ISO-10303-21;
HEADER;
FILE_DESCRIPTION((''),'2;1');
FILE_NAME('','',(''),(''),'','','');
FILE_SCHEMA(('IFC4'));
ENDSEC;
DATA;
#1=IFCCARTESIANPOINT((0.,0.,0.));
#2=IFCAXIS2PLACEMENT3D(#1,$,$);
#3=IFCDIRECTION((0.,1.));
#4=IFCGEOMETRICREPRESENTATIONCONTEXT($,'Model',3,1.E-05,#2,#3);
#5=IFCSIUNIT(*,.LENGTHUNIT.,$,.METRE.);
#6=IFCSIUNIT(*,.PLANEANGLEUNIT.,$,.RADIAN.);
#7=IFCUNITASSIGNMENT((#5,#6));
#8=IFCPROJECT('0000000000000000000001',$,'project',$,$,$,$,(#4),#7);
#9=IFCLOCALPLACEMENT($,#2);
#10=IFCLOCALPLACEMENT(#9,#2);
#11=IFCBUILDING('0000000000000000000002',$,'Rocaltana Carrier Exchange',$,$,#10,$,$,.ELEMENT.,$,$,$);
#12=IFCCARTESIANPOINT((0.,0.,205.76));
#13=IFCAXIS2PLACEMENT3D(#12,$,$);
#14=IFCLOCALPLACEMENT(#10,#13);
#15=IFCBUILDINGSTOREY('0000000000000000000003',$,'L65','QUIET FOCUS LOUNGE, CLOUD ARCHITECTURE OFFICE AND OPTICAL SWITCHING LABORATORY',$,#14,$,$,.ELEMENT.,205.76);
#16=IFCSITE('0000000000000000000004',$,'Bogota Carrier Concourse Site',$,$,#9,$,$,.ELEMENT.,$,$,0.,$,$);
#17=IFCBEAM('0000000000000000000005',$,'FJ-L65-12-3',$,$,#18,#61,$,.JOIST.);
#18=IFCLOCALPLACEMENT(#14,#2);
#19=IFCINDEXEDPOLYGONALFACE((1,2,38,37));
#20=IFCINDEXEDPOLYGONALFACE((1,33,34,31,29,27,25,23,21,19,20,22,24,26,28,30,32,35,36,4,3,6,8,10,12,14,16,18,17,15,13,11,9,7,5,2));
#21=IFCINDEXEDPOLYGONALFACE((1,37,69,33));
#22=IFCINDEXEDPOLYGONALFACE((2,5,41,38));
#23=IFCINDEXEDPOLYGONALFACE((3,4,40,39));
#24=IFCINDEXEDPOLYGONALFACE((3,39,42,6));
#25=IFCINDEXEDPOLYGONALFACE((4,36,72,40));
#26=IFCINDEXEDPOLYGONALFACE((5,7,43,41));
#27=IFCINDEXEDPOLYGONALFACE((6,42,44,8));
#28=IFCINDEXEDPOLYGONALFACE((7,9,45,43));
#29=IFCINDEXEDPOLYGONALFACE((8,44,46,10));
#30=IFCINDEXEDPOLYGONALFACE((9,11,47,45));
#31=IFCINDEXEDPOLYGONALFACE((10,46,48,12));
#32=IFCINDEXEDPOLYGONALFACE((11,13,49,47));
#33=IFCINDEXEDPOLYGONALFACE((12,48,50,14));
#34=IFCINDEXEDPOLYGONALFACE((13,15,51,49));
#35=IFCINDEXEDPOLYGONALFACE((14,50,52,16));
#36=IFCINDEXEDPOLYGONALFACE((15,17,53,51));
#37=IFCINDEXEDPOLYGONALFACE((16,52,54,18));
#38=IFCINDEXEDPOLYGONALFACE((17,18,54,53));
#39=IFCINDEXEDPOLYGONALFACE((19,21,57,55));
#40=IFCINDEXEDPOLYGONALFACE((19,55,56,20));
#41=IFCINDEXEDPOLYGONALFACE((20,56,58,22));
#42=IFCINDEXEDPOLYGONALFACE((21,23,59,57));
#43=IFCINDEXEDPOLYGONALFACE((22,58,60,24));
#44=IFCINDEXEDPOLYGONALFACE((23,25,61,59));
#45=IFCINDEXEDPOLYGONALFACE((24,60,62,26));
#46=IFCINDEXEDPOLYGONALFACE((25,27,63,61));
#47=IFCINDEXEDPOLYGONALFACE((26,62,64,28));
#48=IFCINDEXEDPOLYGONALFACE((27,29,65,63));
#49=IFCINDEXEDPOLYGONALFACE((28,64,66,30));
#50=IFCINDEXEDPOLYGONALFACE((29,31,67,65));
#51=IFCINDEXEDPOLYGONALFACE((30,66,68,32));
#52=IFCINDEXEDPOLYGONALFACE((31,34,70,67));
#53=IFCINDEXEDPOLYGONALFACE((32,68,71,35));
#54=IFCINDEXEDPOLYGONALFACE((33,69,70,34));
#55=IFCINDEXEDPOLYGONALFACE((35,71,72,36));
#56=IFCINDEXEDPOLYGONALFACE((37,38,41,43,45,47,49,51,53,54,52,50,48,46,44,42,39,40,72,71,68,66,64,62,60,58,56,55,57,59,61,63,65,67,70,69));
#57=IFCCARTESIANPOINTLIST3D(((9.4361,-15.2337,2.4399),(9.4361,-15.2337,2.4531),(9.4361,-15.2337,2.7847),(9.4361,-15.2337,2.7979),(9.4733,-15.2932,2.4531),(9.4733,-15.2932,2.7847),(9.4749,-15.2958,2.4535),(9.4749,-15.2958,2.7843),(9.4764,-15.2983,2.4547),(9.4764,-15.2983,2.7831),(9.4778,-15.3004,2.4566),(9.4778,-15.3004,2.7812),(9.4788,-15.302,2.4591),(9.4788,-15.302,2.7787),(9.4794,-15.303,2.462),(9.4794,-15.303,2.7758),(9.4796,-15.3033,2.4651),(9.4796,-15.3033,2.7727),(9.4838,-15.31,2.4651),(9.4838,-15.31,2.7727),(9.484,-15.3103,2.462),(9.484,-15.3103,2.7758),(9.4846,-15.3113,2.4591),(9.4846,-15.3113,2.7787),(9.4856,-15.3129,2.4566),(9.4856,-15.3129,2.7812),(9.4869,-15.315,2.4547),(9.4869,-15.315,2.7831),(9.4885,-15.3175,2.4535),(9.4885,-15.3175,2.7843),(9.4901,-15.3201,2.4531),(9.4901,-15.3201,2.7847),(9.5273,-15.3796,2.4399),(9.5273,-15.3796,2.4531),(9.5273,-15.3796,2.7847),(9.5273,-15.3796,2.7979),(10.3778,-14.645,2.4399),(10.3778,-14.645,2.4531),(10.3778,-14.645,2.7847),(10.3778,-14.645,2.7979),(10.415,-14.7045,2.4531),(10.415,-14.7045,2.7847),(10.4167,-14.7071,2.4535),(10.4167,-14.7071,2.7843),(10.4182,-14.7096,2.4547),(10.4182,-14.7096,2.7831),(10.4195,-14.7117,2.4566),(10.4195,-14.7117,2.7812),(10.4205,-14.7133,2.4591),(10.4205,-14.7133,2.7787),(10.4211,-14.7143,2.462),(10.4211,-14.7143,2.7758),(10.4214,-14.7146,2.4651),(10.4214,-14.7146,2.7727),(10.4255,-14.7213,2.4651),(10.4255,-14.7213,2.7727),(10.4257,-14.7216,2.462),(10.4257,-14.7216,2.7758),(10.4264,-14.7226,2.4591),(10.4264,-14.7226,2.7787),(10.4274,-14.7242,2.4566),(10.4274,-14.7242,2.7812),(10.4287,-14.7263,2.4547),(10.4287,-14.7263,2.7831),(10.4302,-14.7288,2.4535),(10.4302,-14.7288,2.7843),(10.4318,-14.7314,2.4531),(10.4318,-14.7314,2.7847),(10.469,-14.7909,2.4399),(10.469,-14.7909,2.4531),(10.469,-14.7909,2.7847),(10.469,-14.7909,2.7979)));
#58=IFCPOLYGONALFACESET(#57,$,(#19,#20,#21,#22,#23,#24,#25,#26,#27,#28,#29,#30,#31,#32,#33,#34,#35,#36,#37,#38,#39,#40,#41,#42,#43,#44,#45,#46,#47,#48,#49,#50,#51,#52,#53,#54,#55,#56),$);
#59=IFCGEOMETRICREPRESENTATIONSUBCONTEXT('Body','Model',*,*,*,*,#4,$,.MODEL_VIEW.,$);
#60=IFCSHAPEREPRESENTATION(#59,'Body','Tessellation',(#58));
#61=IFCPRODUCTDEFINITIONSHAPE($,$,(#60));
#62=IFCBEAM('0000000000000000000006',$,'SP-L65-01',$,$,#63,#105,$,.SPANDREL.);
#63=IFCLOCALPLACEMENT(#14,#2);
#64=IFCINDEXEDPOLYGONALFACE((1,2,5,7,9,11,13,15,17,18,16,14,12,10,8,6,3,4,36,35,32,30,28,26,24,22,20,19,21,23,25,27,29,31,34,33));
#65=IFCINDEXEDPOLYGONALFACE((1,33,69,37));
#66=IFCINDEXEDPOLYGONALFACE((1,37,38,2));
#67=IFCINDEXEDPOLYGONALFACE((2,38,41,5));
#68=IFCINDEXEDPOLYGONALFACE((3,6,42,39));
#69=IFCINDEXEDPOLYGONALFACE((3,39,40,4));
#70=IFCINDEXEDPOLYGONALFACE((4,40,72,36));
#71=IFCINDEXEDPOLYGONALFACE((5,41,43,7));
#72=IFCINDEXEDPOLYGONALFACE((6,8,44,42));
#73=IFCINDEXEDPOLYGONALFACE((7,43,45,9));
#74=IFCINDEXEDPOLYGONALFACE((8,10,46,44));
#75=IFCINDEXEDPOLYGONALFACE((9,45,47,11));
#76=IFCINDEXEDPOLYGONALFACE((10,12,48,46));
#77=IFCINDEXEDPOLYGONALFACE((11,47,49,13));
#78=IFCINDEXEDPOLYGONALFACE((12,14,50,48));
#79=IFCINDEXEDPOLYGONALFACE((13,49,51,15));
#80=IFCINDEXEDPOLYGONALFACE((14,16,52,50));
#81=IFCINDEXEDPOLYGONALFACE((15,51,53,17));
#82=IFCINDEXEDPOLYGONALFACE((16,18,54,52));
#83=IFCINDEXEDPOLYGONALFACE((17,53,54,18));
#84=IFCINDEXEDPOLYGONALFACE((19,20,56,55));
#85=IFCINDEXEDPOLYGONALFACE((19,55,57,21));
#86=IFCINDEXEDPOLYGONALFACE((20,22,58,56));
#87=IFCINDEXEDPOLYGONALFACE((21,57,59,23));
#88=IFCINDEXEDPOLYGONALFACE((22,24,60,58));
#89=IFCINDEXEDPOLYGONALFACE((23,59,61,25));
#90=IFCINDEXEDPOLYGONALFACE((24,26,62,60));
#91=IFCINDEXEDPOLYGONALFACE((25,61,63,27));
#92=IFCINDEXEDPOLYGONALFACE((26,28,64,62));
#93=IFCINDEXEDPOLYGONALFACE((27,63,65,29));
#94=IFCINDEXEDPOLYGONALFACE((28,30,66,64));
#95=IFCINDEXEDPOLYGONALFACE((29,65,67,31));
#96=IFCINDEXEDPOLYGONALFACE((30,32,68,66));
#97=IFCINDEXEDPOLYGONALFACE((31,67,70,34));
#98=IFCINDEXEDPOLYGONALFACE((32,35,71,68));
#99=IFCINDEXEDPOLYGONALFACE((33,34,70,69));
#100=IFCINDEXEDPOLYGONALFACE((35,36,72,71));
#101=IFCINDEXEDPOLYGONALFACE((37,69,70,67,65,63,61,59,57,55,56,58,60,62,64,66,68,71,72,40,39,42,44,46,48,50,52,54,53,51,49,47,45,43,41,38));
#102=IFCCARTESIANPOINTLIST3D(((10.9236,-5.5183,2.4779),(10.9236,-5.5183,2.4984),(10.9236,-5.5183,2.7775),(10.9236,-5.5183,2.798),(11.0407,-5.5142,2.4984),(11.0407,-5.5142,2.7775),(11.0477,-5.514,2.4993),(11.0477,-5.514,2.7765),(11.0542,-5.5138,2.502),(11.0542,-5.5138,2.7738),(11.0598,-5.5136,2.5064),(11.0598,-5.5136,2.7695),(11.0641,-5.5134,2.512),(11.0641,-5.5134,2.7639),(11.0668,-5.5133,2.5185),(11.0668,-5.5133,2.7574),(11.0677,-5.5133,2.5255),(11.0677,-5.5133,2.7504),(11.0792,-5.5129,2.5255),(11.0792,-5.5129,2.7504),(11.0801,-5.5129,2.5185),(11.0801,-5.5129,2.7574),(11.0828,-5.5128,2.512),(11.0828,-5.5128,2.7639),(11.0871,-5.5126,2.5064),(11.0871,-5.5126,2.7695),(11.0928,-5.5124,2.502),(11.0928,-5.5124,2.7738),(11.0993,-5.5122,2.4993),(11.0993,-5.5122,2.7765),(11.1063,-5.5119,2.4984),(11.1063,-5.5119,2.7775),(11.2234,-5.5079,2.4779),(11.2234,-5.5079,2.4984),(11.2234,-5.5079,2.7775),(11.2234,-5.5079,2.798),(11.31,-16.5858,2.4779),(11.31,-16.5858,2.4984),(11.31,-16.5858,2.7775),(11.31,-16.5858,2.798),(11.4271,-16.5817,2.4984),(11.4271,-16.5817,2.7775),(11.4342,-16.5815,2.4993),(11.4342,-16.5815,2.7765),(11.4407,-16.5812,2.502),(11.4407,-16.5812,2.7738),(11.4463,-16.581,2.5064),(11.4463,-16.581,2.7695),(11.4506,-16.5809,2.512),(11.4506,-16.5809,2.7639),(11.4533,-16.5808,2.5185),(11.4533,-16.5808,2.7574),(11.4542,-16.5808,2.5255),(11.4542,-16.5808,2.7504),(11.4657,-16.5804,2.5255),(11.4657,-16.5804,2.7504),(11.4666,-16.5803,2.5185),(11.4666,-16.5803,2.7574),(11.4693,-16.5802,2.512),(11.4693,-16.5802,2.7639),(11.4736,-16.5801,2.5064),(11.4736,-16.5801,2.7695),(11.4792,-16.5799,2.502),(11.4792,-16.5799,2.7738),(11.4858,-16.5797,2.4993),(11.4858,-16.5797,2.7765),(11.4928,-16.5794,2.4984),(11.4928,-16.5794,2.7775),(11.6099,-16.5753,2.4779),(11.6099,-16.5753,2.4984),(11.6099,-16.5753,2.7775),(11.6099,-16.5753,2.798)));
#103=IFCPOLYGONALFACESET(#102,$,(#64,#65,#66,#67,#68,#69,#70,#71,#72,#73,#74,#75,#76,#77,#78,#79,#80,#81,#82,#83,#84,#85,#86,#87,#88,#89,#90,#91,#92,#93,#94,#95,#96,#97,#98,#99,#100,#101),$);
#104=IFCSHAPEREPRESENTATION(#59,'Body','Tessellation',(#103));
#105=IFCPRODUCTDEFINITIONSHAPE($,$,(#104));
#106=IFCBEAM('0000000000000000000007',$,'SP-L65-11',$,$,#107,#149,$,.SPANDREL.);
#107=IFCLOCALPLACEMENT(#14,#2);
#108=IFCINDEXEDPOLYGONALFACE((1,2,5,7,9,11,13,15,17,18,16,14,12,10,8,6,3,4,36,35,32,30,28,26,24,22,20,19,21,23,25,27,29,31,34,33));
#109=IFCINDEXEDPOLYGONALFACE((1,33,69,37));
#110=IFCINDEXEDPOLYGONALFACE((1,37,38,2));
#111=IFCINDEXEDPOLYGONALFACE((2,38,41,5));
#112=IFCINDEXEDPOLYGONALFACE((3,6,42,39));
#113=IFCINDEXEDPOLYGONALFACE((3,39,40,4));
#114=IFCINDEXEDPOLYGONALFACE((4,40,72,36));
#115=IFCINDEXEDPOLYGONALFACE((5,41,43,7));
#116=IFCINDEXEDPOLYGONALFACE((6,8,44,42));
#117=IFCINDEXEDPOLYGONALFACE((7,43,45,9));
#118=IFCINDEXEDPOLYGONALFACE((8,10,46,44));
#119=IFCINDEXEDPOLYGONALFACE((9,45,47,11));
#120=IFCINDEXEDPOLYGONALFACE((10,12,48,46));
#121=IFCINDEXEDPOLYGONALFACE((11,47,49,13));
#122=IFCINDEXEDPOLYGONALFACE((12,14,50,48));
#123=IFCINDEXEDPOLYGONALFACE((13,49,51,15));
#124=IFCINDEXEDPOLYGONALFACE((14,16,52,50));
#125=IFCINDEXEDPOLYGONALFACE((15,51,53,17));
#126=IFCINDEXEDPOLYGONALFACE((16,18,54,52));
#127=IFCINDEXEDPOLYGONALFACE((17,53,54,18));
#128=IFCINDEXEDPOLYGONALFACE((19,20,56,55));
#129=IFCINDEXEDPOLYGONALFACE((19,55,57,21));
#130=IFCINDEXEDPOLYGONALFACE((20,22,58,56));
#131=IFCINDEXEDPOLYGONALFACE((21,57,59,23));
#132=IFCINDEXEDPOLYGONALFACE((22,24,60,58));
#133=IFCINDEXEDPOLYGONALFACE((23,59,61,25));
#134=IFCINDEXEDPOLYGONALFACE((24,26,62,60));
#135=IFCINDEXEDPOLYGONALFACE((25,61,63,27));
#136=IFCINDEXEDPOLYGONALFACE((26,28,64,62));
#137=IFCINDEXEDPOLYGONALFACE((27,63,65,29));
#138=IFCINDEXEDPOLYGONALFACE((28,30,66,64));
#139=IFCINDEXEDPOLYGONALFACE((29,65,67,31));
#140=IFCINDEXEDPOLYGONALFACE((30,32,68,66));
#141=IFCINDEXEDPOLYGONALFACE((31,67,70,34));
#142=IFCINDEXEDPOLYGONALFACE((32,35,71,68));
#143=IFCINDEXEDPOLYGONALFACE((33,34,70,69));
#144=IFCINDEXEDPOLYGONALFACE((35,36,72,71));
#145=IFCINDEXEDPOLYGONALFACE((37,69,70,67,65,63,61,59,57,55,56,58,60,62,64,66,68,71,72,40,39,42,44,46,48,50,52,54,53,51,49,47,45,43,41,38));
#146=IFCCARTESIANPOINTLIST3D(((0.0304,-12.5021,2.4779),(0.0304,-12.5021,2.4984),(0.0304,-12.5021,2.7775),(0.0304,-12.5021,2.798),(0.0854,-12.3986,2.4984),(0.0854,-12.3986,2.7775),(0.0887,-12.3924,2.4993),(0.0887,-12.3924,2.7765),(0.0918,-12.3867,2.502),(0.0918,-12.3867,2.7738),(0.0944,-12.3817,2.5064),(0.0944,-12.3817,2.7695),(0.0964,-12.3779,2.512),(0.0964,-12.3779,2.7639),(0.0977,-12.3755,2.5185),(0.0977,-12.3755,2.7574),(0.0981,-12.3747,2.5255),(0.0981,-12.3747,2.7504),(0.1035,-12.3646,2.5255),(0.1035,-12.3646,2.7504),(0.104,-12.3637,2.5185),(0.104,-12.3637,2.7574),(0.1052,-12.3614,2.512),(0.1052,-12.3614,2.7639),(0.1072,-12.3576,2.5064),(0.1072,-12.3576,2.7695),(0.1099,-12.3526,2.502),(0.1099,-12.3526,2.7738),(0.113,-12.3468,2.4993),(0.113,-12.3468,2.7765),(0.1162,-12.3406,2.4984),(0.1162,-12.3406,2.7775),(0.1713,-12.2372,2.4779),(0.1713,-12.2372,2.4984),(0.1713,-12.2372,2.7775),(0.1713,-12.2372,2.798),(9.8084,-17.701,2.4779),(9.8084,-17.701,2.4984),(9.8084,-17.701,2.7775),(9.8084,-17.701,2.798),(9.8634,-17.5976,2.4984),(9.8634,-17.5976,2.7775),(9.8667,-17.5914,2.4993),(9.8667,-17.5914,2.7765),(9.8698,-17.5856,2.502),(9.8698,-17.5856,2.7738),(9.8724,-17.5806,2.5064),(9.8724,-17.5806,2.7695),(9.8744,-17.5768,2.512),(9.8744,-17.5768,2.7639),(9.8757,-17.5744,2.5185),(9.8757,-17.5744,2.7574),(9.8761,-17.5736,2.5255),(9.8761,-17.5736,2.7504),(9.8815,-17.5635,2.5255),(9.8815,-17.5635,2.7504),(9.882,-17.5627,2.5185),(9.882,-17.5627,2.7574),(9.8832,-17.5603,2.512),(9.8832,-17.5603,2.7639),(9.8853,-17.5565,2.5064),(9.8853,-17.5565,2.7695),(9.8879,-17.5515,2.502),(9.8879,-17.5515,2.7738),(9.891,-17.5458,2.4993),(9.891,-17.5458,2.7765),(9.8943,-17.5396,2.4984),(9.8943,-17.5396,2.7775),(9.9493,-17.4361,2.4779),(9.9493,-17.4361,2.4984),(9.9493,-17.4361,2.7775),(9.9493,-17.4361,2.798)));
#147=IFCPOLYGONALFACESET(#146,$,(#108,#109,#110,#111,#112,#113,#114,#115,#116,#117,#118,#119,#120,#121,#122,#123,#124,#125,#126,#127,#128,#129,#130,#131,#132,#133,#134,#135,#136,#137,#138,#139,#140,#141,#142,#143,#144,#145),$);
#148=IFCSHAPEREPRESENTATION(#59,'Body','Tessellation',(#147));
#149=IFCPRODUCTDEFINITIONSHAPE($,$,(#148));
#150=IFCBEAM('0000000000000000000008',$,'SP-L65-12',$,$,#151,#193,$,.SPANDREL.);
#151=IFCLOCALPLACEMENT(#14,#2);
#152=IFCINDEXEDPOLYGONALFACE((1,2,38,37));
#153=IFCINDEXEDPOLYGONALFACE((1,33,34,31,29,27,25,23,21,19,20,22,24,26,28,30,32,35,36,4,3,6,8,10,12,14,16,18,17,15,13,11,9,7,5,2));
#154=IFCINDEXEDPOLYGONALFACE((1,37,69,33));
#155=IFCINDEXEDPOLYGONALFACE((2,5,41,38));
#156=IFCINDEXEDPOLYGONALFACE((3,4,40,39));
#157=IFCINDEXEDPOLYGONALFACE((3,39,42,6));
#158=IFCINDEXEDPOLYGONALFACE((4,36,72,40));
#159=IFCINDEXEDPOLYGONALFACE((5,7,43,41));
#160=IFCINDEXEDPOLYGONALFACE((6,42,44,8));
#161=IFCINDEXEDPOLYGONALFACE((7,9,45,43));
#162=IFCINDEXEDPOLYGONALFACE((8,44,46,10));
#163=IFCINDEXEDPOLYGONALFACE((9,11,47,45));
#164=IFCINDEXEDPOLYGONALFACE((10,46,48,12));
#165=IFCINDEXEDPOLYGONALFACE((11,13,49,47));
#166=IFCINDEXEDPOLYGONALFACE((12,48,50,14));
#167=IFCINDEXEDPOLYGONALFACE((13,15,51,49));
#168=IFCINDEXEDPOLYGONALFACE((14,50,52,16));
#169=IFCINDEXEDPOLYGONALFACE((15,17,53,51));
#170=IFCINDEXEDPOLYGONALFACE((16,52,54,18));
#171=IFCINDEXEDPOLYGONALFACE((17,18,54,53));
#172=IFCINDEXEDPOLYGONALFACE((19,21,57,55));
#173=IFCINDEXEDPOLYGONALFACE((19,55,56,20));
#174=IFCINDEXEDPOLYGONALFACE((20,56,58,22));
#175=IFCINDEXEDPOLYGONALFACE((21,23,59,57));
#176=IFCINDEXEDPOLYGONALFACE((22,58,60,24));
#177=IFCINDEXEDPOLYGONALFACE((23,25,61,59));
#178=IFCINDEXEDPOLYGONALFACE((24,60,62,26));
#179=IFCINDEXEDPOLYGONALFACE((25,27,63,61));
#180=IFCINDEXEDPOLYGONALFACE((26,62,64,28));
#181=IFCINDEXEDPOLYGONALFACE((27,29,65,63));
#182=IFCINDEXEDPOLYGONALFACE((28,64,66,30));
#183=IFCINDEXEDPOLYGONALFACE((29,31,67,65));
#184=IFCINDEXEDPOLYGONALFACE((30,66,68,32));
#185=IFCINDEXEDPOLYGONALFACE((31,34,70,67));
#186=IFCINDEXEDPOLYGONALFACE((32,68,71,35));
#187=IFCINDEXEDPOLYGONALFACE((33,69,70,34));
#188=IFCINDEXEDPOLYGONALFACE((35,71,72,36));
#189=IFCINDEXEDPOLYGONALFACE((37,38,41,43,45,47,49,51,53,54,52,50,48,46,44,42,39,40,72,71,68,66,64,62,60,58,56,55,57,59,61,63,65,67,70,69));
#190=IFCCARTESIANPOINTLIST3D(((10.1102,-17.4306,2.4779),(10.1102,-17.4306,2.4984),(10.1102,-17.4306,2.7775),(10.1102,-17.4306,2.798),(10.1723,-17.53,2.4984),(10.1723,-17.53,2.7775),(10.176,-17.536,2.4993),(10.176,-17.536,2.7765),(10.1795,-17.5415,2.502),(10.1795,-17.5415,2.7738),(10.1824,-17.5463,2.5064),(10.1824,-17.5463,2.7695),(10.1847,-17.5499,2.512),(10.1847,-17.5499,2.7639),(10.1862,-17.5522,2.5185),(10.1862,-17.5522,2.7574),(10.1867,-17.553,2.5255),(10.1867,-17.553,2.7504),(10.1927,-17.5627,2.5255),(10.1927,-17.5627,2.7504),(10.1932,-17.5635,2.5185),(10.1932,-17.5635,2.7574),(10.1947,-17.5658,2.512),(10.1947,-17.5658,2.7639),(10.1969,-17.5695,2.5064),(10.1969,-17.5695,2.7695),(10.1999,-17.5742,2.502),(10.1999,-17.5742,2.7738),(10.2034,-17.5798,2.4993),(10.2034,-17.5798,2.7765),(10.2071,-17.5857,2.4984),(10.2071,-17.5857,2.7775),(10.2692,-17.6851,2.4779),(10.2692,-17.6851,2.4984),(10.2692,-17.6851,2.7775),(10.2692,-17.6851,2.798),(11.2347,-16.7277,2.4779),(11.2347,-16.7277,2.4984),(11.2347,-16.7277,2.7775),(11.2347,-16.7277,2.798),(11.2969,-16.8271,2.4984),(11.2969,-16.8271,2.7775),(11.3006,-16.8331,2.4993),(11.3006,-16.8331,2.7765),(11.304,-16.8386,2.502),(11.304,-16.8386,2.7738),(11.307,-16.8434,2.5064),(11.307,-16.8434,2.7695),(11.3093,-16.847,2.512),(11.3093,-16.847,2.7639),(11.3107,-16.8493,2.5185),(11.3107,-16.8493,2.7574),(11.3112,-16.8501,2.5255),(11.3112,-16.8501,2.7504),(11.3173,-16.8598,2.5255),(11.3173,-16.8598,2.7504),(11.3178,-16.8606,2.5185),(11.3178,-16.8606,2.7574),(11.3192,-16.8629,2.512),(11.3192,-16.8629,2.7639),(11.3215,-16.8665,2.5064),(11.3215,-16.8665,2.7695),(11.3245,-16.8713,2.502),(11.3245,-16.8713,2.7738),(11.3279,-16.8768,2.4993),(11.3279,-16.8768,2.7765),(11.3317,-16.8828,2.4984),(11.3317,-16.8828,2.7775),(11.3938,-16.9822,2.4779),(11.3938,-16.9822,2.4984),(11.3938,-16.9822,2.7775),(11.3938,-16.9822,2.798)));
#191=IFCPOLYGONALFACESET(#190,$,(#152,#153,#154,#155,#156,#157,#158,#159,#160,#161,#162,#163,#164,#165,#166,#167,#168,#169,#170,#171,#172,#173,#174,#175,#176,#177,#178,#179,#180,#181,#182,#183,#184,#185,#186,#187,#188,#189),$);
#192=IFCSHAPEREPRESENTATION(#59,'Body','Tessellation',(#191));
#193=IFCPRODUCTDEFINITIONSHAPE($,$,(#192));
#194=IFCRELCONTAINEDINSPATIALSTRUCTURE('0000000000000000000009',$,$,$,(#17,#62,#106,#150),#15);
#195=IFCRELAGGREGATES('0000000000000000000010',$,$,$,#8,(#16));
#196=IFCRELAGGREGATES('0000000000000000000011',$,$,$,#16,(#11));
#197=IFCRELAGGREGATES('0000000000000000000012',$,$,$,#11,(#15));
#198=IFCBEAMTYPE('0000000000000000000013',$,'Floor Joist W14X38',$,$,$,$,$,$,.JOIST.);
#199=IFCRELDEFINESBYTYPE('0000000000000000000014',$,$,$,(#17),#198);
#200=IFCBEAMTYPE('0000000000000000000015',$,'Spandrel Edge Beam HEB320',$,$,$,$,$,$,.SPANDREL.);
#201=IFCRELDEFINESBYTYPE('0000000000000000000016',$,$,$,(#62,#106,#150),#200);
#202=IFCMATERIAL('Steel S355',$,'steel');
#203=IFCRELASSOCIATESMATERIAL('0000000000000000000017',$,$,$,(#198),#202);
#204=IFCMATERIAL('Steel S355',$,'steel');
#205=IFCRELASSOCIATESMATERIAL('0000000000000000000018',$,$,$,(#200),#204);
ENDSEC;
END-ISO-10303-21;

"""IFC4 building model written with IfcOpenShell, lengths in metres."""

from ifc_helpers import new_model, si_unit, direction, frame, origin, origin_2d, place, context, subcontext, project, spatial, i_section, extrude, material, material_profile, profile_set, type_object, element, save


model = new_model("IFC4")

# Units and contexts
model_context = context("Model", 3, precision=1e-05, world=origin(), true_north=direction((0.0, 1.0)))
body_context = subcontext(model_context, "Body", "Model", "MODEL_VIEW")
ifc_project = project(units=[si_unit("LENGTHUNIT", "METRE"), si_unit("PLANEANGLEUNIT", "RADIAN")], contexts=[model_context])

# Site, building, storey
site_placement = place(None, origin())
site = spatial("IfcSite", under=ifc_project, at=site_placement, Name="Bogota Carrier Concourse Site", CompositionType="ELEMENT", RefElevation=0.0)
building_placement = place(site_placement, origin())
building = spatial("IfcBuilding", under=site, at=building_placement, Name="Rocaltana Carrier Exchange", CompositionType="ELEMENT")
storey_placement = place(building_placement, frame((0.0, 0.0, 205.76)))
storey = spatial("IfcBuildingStorey", under=building, at=storey_placement, Name="L65", Description="QUIET FOCUS LOUNGE, CLOUD ARCHITECTURE OFFICE AND OPTICAL SWITCHING LABORATORY", CompositionType="ELEMENT", Elevation=205.76)

# Beams
ifc_material_1 = material(Name="Steel S355", Category="steel")
ifc_material_profile_1 = material_profile(ifc_material_1, i_section(OverallWidth=0.1721, OverallDepth=0.3579, WebThickness=0.0078, FlangeThickness=0.0132, FilletRadius=0.012, at=origin_2d()), Name="W14X38")
ifc_profile_set_1 = profile_set([ifc_material_profile_1], Name="Steel S355")
beam_type_1 = type_object("IfcBeamType", Name="Floor Joist W14X38", PredefinedType="JOIST", material=ifc_profile_set_1)
beam_1_placement = place(storey_placement, frame((9.4817, -15.3066, 2.6189), z_axis=(0.847961, 0.530058, 0.0), x_axis=(-0.530058, 0.847961, 0.0)))
element("IfcBeam", 1, at=beam_1_placement, inside=storey, type_object=beam_type_1, Name="FJ-L65-12-3", PredefinedType="JOIST", context=body_context, shape_type="SweptSolid", body=[
    extrude(i_section(OverallWidth=0.1721, OverallDepth=0.3579, WebThickness=0.0078, FlangeThickness=0.0132, FilletRadius=0.012, at=origin_2d()), origin(), (0.0, 0.0, 1.0), 1.1106),
])
ifc_material_2 = material(Name="Steel S355", Category="steel")
ifc_material_profile_2 = material_profile(ifc_material_2, i_section(OverallWidth=0.3, OverallDepth=0.3201, WebThickness=0.0115, FlangeThickness=0.0205, FilletRadius=0.0271, at=origin_2d()), Name="HEB320")
ifc_profile_set_2 = profile_set([ifc_material_profile_2], Name="Steel S355")
beam_type_2 = type_object("IfcBeamType", Name="Spandrel Edge Beam HEB320", PredefinedType="SPANDREL", material=ifc_profile_set_2)
for number, where, z_axis, x_axis, name in (
    (2, (11.46, -16.5806, 2.6379), (-0.034899, 0.999391, 0.0), (-0.999391, -0.034899, 0.0), "SP-L65-01"),
    (3, (0.1008, -12.3696, 2.6379), (0.882952, -0.469463, 0.0), (0.469463, 0.882952, 0.0), "SP-L65-11"),
):
    element("IfcBeam", number, at=place(storey_placement, frame(where, z_axis=z_axis, x_axis=x_axis)), inside=storey, type_object=beam_type_2, Name=name, PredefinedType="SPANDREL", context=body_context, shape_type="SweptSolid", body=[
        extrude(i_section(OverallWidth=0.3, OverallDepth=0.3201, WebThickness=0.0115, FlangeThickness=0.0205, FilletRadius=0.0271, at=origin_2d()), origin(), (0.0, 0.0, 1.0), 11.0742),
    ])
beam_2_placement = place(storey_placement, frame((10.1897, -17.5579, 2.6379), z_axis=(0.847978, 0.530032, 0.0), x_axis=(-0.530032, 0.847978, 0.0)))
element("IfcBeam", 4, at=beam_2_placement, inside=storey, type_object=beam_type_2, Name="SP-L65-12", PredefinedType="SPANDREL", context=body_context, shape_type="SweptSolid", body=[
    extrude(i_section(OverallWidth=0.3, OverallDepth=0.3201, WebThickness=0.0115, FlangeThickness=0.0205, FilletRadius=0.0271, at=origin_2d()), origin(), (0.0, 0.0, 1.0), 1.3262),
])

save(model, "model.ifc")
